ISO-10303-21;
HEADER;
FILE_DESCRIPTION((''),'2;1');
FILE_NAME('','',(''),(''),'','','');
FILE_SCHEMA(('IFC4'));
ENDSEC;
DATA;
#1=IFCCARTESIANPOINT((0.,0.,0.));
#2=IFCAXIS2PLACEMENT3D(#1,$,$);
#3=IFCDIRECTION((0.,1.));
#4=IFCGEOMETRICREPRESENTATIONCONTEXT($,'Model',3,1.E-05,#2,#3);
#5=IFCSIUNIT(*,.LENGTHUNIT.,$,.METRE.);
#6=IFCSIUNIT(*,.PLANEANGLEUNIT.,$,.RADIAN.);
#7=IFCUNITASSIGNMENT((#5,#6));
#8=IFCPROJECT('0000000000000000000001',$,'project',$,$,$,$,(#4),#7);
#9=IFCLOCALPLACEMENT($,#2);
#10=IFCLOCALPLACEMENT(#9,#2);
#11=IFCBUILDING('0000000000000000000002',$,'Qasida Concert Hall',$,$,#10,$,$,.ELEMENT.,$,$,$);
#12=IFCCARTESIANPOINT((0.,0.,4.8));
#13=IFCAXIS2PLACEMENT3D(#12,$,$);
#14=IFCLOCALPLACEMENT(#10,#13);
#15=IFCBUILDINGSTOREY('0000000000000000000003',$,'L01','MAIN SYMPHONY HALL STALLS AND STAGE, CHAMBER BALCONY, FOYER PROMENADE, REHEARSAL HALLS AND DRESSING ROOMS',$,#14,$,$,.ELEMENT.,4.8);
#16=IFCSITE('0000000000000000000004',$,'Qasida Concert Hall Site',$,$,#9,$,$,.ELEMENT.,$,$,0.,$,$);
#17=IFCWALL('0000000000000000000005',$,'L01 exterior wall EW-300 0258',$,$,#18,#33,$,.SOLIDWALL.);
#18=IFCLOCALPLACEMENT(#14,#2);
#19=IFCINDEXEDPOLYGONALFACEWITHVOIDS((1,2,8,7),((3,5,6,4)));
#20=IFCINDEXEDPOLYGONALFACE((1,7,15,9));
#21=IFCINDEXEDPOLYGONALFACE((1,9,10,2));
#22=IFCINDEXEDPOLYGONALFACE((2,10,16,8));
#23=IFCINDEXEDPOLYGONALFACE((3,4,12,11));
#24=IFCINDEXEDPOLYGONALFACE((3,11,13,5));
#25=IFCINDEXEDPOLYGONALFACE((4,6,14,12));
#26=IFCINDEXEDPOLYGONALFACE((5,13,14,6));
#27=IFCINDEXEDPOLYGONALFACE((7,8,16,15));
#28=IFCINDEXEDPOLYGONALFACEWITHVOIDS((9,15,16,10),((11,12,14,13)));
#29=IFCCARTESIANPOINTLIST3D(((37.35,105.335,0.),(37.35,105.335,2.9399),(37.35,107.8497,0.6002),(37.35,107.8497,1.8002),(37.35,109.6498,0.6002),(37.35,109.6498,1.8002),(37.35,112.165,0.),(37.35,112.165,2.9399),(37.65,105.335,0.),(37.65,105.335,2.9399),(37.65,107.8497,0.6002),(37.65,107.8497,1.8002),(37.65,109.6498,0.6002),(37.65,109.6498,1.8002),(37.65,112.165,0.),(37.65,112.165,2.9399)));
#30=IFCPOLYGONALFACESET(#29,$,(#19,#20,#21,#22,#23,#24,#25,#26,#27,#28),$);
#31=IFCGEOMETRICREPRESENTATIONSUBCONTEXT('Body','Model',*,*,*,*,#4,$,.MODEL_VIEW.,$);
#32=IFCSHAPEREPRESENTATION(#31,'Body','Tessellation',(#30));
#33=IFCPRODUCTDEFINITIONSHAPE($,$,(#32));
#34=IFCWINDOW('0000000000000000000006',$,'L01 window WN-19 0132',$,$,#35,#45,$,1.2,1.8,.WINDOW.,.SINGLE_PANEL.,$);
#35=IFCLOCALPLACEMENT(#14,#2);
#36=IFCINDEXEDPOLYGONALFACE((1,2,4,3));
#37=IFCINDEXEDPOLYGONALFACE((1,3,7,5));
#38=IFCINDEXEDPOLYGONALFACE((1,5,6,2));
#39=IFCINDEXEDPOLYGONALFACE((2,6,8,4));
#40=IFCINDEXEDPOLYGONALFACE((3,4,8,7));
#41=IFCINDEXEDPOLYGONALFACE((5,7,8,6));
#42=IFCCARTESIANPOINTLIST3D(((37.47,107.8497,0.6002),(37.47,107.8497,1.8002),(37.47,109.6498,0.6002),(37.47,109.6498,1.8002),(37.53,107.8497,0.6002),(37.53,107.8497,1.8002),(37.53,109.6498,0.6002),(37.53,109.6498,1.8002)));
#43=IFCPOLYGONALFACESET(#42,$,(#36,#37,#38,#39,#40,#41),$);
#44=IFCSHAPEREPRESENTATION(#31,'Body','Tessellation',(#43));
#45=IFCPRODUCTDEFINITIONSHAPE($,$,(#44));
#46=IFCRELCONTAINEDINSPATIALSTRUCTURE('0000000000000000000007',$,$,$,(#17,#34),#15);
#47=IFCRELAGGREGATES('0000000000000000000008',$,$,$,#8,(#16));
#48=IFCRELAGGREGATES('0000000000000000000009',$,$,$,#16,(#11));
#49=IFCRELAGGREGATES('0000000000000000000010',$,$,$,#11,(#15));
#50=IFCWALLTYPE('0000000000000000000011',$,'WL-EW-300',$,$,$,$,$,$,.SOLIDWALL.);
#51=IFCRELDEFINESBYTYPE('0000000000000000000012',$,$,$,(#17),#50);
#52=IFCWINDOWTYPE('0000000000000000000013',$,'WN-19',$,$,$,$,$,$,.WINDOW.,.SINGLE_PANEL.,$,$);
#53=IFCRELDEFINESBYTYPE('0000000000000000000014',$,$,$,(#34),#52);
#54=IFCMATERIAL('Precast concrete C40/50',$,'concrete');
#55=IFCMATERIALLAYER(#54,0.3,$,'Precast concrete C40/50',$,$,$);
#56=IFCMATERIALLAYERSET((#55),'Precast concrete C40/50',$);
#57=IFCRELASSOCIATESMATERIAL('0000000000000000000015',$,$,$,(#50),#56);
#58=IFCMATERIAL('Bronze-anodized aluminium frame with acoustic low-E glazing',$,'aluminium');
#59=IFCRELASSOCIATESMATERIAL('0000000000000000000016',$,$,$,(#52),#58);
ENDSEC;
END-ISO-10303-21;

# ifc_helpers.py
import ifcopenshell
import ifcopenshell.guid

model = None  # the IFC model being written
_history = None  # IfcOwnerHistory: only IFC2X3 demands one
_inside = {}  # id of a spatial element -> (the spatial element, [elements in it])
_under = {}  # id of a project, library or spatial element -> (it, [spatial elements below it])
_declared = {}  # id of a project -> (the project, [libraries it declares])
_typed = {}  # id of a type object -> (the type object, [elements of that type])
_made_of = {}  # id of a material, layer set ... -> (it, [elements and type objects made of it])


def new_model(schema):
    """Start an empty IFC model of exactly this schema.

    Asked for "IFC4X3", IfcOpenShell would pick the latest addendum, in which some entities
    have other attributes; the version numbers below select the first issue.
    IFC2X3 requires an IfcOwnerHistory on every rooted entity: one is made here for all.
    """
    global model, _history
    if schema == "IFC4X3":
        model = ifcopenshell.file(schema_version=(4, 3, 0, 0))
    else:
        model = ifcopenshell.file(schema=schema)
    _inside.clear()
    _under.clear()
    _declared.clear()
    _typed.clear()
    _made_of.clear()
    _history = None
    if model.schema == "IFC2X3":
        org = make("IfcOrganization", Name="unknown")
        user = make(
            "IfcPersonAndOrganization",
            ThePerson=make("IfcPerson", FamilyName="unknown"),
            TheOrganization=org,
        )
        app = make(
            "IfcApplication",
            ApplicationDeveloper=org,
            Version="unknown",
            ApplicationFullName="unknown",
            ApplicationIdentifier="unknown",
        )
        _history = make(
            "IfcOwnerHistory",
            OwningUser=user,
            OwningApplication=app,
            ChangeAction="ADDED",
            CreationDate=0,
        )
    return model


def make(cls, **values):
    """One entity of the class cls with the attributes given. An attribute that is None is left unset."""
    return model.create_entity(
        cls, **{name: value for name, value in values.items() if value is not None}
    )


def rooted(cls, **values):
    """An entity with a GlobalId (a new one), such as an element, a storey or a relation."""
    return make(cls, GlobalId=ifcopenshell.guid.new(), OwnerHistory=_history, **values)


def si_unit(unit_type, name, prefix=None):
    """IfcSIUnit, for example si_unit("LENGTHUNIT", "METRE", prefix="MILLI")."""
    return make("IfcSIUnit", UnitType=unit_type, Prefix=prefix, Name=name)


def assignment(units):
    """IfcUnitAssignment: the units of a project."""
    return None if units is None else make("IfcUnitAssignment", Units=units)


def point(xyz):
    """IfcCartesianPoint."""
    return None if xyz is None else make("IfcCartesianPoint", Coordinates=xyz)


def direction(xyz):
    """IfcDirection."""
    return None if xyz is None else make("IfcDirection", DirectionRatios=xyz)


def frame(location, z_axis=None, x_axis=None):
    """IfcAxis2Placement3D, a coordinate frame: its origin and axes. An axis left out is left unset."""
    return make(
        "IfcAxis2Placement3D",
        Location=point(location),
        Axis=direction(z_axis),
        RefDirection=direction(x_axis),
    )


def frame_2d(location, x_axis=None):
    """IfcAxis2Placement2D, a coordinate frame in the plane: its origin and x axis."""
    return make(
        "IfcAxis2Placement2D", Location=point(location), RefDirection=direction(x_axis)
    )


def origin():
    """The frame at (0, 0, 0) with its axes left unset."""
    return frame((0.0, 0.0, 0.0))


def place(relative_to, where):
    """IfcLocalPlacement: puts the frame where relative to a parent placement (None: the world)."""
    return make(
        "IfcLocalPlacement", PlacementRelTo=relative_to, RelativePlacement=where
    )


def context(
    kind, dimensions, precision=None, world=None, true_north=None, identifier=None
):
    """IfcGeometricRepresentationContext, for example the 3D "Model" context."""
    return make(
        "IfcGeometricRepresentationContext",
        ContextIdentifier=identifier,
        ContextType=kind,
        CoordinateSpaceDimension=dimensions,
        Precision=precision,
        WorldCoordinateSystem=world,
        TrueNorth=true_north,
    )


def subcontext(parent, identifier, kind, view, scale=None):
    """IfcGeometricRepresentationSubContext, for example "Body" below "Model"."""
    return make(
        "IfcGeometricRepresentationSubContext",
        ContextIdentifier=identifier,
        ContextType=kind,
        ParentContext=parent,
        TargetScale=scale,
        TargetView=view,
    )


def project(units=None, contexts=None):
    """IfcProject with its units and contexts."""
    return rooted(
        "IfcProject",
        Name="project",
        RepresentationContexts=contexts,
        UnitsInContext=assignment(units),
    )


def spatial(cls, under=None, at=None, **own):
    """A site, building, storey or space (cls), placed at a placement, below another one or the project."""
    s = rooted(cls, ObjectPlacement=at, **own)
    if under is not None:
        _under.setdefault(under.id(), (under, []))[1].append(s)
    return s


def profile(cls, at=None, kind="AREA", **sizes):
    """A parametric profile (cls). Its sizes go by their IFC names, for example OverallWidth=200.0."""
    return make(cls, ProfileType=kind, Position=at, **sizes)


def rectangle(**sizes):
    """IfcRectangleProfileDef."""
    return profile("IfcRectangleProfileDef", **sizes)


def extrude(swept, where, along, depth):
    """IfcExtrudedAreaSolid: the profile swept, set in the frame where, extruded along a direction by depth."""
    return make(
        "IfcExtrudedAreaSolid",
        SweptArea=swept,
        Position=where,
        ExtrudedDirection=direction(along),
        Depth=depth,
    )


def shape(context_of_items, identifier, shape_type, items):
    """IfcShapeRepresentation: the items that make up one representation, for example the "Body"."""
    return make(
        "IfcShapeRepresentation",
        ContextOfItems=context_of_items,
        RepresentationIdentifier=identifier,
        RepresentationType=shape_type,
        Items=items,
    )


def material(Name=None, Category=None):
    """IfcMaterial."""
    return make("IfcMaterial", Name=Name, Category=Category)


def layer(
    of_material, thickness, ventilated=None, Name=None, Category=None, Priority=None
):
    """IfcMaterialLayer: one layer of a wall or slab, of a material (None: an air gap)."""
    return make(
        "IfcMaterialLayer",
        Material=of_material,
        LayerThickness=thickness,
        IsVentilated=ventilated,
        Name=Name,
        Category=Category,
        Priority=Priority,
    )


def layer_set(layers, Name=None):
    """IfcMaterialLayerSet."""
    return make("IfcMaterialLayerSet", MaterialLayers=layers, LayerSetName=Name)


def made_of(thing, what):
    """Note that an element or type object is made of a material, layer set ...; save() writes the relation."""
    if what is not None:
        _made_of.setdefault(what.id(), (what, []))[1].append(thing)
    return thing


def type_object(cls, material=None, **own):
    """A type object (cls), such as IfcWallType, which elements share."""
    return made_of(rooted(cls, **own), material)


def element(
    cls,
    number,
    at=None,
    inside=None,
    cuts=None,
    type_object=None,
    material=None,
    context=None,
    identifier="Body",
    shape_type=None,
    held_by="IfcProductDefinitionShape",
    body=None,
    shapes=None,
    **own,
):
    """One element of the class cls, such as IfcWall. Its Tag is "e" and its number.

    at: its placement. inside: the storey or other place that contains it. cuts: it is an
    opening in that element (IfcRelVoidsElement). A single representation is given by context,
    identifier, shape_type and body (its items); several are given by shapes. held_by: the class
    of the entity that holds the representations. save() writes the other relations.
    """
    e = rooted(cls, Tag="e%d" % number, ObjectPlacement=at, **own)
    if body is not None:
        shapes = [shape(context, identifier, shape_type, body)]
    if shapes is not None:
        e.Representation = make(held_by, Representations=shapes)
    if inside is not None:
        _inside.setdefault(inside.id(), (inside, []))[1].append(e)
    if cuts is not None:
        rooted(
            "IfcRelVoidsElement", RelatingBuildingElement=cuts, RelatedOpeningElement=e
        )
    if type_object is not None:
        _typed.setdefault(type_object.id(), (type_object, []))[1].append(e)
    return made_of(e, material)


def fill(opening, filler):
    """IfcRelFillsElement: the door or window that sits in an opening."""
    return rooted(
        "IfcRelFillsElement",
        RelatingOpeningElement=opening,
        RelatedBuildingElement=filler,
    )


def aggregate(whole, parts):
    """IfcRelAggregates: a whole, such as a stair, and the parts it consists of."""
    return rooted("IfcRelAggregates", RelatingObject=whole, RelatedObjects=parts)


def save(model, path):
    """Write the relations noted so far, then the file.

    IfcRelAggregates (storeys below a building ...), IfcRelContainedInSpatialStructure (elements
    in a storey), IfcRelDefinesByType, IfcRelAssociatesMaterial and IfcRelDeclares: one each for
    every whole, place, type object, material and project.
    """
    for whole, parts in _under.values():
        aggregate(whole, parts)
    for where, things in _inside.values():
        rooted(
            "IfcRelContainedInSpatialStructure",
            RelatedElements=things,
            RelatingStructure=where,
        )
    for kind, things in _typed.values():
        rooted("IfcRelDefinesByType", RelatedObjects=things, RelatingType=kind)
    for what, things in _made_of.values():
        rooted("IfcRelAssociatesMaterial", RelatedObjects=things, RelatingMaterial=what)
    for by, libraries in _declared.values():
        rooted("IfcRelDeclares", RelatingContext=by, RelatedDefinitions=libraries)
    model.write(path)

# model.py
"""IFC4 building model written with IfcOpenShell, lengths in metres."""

from ifc_helpers import new_model, si_unit, direction, frame, frame_2d, origin, place, context, subcontext, project, spatial, rectangle, extrude, material, layer, layer_set, type_object, element, fill, save


model = new_model("IFC4")

# Units and contexts
model_context = context("Model", 3, precision=1e-05, world=origin(), true_north=direction((0.0, 1.0)))
body_context = subcontext(model_context, "Body", "Model", "MODEL_VIEW")
ifc_project = project(units=[si_unit("LENGTHUNIT", "METRE"), si_unit("PLANEANGLEUNIT", "RADIAN")], contexts=[model_context])

# Site, building, storey
site_placement = place(None, origin())
site = spatial("IfcSite", under=ifc_project, at=site_placement, Name="Qasida Concert Hall Site", CompositionType="ELEMENT", RefElevation=0.0)
building_placement = place(site_placement, origin())
building = spatial("IfcBuilding", under=site, at=building_placement, Name="Qasida Concert Hall", CompositionType="ELEMENT")
storey_placement = place(building_placement, frame((0.0, 0.0, 4.8)))
storey = spatial("IfcBuildingStorey", under=building, at=storey_placement, Name="L01", Description="MAIN SYMPHONY HALL STALLS AND STAGE, CHAMBER BALCONY, FOYER PROMENADE, REHEARSAL HALLS AND DRESSING ROOMS", CompositionType="ELEMENT", Elevation=4.8)

# Wall, opening, window
ifc_material_1 = material(Name="Precast concrete C40/50", Category="concrete")
ifc_layer_1 = layer(ifc_material_1, 0.3, Name="Precast concrete C40/50")
ifc_layer_set_1 = layer_set([ifc_layer_1], Name="Precast concrete C40/50")
wall_type = type_object("IfcWallType", Name="WL-EW-300", PredefinedType="SOLIDWALL", material=ifc_layer_set_1)
wall_placement = place(storey_placement, frame((37.5, 105.335, 0.0), z_axis=(0.0, 0.0, 1.0), x_axis=(0.0, 1.0, 0.0)))
wall = element("IfcWall", 1, at=wall_placement, inside=storey, type_object=wall_type, Name="L01 exterior wall EW-300 0258", PredefinedType="SOLIDWALL", context=body_context, shape_type="SweptSolid", body=[
    extrude(rectangle(XDim=6.8301, YDim=0.3, at=frame_2d((3.415, 0.0))), origin(), (0.0, 0.0, 1.0), 2.9399),
])
opening_placement = place(wall_placement, frame((2.5149, 0.0, 0.6001)))
opening = element("IfcOpeningElement", 2, at=opening_placement, cuts=wall, PredefinedType="OPENING", context=body_context, shape_type="SweptSolid", body=[
    extrude(rectangle(XDim=1.8, YDim=1.2, at=frame_2d((0.8999, 0.6001))), frame((0.0, 0.1599, 0.0), z_axis=(0.0, -1.0, 0.0), x_axis=(1.0, 0.0, 0.0)), (0.0, 0.0, 1.0), 0.3201),
])
ifc_material_2 = material(Name="Bronze-anodized aluminium frame with acoustic low-E glazing", Category="aluminium")
window_type = type_object("IfcWindowType", Name="WN-19", PartitioningType="SINGLE_PANEL", PredefinedType="WINDOW", material=ifc_material_2)
window_placement = place(opening_placement, origin())
window = element("IfcWindow", 3, at=window_placement, inside=storey, type_object=window_type, Name="L01 window WN-19 0132", OverallHeight=1.2, OverallWidth=1.8, PartitioningType="SINGLE_PANEL", PredefinedType="WINDOW", context=body_context, shape_type="SweptSolid", body=[
    extrude(rectangle(XDim=1.8, YDim=1.2, at=frame_2d((0.8999, 0.6001))), frame((0.0, 0.03, 0.0), z_axis=(0.0, -1.0, 0.0), x_axis=(1.0, 0.0, 0.0)), (0.0, 0.0, 1.0), 0.0601),
])
fill(opening, window)

save(model, "model.ifc")
